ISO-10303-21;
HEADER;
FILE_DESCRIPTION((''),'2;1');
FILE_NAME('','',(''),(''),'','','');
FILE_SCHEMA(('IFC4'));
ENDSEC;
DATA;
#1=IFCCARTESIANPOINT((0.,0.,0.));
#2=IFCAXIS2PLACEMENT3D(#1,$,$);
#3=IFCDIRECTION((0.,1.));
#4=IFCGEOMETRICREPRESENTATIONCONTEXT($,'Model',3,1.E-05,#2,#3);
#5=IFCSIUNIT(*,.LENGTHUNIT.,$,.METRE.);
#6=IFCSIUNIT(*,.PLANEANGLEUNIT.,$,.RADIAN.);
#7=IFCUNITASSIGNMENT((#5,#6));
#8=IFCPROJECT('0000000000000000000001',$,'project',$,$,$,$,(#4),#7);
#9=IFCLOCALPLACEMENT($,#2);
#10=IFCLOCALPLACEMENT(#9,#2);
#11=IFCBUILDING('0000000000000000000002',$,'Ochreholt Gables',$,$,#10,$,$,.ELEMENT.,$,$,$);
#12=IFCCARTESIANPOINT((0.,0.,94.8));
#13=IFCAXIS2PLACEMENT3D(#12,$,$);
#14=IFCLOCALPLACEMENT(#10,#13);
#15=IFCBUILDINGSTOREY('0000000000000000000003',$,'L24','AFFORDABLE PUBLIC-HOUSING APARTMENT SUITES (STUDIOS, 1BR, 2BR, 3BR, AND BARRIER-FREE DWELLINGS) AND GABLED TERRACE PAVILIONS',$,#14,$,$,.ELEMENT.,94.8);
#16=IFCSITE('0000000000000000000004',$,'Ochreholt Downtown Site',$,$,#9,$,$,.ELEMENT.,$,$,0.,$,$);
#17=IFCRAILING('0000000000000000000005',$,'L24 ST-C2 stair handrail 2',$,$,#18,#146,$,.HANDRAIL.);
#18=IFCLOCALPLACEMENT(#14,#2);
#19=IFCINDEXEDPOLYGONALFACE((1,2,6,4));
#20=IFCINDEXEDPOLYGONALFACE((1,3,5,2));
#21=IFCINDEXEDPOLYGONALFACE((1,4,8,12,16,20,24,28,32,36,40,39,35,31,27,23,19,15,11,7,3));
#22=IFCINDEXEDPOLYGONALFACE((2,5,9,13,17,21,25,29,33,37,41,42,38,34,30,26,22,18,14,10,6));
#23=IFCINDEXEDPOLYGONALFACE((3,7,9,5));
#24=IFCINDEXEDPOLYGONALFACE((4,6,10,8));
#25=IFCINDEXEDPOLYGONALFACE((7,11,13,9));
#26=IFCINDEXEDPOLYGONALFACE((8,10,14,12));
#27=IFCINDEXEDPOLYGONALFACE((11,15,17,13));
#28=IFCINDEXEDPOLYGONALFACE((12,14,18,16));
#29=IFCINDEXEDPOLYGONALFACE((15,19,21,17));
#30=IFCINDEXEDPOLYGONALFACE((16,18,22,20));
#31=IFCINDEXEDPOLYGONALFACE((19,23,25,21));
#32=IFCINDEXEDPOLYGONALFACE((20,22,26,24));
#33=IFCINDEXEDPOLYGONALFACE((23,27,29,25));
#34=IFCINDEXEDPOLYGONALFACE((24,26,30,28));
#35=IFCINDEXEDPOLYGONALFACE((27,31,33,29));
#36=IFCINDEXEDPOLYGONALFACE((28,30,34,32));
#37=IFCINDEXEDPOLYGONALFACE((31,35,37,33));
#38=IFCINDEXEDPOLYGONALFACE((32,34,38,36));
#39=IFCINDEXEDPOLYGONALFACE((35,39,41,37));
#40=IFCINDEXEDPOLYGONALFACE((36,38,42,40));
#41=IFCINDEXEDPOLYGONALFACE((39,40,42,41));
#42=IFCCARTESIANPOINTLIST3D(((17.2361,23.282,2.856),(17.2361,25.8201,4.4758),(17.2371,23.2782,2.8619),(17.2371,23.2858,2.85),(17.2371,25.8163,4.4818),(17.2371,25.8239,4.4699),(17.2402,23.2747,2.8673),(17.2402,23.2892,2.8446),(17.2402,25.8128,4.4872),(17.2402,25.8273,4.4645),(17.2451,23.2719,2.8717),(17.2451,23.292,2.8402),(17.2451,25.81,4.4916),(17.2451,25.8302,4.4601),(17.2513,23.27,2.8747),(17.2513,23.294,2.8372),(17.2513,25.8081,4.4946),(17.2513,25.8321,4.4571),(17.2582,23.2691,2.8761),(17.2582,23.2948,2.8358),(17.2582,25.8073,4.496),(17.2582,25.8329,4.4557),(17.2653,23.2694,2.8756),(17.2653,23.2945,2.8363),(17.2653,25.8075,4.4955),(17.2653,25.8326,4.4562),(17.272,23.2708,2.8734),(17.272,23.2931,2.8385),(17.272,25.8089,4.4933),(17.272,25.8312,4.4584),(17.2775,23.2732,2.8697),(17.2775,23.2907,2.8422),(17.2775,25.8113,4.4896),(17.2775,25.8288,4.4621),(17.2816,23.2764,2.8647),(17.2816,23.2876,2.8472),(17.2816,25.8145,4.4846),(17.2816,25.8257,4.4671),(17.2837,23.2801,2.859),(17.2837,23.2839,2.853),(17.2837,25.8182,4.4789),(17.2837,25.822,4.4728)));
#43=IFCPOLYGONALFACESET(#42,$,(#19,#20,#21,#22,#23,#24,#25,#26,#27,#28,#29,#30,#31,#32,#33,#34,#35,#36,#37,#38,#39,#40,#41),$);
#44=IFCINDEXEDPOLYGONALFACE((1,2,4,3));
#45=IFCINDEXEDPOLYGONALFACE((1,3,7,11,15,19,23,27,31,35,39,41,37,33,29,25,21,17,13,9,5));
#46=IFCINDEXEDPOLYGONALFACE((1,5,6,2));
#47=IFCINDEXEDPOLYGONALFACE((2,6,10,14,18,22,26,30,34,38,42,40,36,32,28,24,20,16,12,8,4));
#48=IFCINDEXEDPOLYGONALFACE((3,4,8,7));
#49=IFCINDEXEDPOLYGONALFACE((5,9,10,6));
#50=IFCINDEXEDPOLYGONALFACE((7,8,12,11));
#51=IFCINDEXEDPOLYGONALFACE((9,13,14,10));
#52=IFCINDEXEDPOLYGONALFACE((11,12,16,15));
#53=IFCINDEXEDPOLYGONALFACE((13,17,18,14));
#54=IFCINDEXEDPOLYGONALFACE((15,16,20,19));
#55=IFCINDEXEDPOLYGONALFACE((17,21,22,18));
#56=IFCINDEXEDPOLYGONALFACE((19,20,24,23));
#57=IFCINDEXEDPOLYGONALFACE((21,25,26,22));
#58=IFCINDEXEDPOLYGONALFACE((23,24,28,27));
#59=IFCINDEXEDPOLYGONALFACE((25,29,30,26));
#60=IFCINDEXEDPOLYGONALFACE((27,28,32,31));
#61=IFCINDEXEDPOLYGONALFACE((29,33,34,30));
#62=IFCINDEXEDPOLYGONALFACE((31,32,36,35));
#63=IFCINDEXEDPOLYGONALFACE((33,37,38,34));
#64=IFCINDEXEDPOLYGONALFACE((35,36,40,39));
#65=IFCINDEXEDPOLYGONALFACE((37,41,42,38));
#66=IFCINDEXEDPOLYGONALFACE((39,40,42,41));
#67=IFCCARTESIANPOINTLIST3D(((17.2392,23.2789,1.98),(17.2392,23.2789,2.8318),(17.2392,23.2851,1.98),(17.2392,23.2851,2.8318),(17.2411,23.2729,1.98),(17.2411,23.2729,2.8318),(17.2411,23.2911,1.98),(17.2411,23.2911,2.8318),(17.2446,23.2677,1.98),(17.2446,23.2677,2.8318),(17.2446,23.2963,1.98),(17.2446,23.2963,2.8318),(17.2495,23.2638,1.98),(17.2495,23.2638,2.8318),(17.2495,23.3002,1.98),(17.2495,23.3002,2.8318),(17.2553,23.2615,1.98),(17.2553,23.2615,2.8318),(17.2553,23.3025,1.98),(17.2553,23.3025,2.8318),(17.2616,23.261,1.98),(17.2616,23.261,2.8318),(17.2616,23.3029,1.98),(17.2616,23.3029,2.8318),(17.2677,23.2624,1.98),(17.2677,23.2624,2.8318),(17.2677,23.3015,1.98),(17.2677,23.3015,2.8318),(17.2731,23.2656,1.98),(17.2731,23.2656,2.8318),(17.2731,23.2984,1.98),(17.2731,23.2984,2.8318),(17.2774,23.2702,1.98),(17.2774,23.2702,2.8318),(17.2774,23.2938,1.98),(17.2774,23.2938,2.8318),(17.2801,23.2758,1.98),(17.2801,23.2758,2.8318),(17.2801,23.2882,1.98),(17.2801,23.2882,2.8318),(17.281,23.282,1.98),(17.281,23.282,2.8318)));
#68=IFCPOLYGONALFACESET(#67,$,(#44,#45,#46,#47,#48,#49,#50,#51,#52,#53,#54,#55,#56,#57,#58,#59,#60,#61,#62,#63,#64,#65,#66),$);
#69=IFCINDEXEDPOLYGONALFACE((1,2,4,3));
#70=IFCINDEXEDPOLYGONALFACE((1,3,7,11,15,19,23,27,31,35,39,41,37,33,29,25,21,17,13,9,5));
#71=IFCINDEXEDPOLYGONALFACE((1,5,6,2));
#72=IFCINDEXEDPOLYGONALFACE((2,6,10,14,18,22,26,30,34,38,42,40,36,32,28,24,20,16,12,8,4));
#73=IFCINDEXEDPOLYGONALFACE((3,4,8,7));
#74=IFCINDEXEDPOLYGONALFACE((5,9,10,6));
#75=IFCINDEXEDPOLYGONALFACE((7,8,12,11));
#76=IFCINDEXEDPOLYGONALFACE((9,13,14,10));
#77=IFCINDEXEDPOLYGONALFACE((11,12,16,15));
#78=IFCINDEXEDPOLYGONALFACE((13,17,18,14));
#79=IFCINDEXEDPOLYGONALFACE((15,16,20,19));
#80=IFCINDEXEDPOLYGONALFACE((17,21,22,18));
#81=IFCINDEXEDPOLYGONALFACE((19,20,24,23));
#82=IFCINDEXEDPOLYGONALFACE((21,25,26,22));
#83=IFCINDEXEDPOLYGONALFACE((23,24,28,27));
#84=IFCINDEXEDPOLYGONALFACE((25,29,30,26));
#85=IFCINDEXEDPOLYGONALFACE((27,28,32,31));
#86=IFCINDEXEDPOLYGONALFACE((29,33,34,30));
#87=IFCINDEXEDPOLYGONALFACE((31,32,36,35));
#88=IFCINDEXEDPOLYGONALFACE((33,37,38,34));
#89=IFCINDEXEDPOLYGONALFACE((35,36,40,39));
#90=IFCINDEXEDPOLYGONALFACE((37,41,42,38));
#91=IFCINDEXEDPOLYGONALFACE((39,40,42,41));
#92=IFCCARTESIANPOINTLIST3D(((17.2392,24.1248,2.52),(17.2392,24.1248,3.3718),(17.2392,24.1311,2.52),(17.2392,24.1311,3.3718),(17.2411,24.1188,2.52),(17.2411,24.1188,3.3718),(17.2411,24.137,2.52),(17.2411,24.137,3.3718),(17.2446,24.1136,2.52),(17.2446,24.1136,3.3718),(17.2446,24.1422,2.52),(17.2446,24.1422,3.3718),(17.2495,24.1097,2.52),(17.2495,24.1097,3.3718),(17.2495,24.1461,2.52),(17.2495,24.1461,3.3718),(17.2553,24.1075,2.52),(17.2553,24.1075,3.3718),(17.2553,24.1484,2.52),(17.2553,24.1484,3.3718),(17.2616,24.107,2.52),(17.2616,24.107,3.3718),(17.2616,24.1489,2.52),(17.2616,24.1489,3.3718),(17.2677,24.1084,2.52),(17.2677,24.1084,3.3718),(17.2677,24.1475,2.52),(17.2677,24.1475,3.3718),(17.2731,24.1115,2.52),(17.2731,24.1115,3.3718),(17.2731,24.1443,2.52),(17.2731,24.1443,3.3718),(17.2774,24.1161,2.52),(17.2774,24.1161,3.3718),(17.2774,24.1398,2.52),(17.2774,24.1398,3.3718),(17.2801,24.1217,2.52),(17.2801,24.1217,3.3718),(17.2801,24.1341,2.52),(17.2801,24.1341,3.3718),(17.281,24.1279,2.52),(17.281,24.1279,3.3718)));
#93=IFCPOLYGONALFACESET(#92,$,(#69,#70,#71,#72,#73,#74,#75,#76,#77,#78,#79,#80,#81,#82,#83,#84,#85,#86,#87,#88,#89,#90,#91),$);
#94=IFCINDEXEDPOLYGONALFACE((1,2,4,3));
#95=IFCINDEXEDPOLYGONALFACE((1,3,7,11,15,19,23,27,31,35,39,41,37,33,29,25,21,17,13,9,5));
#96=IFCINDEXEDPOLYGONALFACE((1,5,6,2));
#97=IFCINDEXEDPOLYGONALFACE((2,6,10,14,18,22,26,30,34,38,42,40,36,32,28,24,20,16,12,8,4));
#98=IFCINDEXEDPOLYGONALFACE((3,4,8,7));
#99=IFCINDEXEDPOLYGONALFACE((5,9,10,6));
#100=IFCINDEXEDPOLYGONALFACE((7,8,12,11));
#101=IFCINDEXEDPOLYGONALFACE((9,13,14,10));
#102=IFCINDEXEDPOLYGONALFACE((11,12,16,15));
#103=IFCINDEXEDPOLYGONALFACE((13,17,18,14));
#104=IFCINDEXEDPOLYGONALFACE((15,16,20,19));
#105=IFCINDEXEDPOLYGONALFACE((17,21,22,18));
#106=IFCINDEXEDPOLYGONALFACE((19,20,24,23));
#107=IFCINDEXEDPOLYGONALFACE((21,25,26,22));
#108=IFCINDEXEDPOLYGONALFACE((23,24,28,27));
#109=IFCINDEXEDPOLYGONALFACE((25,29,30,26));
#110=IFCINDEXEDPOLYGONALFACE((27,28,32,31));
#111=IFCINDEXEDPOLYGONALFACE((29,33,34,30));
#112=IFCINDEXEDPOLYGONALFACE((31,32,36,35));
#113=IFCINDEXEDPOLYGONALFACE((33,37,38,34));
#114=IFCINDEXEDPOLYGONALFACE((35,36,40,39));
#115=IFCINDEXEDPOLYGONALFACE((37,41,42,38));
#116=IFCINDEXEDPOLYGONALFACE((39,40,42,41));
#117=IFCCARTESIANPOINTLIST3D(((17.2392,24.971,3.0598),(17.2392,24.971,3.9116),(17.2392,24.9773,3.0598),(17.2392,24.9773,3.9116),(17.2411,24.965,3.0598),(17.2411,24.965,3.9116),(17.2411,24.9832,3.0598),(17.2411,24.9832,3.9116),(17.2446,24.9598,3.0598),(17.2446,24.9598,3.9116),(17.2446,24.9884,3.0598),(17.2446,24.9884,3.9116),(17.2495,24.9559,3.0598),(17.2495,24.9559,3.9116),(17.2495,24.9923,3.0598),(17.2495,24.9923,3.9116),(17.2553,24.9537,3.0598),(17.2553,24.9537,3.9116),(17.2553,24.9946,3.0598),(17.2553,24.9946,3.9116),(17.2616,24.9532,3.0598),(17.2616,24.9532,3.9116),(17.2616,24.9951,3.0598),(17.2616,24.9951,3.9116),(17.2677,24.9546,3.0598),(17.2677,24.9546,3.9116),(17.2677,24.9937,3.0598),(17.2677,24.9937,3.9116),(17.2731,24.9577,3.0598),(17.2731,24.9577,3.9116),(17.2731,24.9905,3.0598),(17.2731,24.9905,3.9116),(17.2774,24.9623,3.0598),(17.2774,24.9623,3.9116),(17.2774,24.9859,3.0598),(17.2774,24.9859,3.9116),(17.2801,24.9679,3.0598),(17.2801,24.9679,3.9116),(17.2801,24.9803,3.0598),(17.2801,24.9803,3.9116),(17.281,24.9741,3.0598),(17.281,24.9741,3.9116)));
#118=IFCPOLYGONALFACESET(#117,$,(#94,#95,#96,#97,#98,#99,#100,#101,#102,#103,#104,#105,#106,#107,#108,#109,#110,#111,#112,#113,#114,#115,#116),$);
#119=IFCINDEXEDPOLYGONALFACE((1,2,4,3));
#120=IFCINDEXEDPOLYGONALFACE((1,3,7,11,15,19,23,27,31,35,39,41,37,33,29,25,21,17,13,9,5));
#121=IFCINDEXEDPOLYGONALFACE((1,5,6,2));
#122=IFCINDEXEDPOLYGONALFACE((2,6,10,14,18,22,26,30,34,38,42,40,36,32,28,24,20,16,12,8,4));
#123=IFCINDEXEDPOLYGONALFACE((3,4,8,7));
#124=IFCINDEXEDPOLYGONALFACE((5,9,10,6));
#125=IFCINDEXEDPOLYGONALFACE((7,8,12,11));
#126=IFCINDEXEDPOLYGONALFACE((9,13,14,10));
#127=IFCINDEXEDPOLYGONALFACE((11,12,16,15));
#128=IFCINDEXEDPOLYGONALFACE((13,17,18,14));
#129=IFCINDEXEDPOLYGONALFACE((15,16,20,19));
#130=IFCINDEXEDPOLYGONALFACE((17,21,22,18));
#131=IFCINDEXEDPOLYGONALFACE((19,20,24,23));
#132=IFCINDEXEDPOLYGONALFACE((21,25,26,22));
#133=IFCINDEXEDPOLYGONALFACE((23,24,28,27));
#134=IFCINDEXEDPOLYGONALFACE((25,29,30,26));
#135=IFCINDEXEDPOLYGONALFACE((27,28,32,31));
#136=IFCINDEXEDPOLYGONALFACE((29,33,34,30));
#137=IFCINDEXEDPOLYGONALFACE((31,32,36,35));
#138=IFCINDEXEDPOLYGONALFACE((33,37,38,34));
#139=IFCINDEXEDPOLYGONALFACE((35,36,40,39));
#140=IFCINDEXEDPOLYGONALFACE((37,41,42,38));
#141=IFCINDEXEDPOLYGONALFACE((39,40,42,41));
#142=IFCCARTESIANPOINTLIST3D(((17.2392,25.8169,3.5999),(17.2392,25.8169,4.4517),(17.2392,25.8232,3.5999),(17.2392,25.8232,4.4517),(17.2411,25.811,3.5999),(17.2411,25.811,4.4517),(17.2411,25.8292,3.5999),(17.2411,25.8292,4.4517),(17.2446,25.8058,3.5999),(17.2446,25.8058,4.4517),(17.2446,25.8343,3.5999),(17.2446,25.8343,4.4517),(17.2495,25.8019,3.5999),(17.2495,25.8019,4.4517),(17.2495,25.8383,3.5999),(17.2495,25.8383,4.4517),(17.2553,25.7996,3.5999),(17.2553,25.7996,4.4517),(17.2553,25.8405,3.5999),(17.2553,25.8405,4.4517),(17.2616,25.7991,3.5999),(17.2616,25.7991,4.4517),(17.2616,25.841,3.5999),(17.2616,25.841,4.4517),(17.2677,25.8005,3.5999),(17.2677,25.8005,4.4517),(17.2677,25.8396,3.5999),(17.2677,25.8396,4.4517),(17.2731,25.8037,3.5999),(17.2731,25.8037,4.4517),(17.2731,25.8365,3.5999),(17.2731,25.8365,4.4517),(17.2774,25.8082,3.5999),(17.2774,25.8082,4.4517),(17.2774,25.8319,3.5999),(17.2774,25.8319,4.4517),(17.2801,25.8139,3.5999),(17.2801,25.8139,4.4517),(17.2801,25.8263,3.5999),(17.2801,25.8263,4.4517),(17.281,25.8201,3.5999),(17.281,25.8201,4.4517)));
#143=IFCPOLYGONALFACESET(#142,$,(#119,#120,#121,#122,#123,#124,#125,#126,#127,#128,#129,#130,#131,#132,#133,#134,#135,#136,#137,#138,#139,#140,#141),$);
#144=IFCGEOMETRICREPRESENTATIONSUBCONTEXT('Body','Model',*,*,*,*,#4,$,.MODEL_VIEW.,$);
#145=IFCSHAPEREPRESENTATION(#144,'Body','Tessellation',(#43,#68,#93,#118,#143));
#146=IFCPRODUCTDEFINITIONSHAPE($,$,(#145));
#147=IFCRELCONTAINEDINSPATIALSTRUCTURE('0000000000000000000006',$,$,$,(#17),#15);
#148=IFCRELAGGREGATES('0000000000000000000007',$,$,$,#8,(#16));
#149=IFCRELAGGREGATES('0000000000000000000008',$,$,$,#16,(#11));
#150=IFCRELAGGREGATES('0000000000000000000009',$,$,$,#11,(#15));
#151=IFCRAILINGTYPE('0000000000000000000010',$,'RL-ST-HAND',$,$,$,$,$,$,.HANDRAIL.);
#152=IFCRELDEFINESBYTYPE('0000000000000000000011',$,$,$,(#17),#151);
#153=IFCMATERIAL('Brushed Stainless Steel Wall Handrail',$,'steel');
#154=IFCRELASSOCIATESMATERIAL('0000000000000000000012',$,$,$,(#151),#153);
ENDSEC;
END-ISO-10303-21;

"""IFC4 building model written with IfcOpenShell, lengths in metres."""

from ifc_helpers import new_model, si_unit, direction, frame, origin, origin_2d, place, context, subcontext, project, spatial, circle, extrude, material, type_object, element, save


model = new_model("IFC4")

# Units and contexts
model_context = context("Model", 3, precision=1e-05, world=origin(), true_north=direction((0.0, 1.0)))
body_context = subcontext(model_context, "Body", "Model", "MODEL_VIEW")
ifc_project = project(units=[si_unit("LENGTHUNIT", "METRE"), si_unit("PLANEANGLEUNIT", "RADIAN")], contexts=[model_context])

# Site, building, storey
site_placement = place(None, origin())
site = spatial("IfcSite", under=ifc_project, at=site_placement, Name="Ochreholt Downtown Site", CompositionType="ELEMENT", RefElevation=0.0)
building_placement = place(site_placement, origin())
building = spatial("IfcBuilding", under=site, at=building_placement, Name="Ochreholt Gables", CompositionType="ELEMENT")
storey_placement = place(building_placement, frame((0.0, 0.0, 94.8)))
storey = spatial("IfcBuildingStorey", under=building, at=storey_placement, Name="L24", Description="AFFORDABLE PUBLIC-HOUSING APARTMENT SUITES (STUDIOS, 1BR, 2BR, 3BR, AND BARRIER-FREE DWELLINGS) AND GABLED TERRACE PAVILIONS", CompositionType="ELEMENT", Elevation=94.8)

# Railing
ifc_material_1 = material(Name="Brushed Stainless Steel Wall Handrail", Category="steel")
railing_type = type_object("IfcRailingType", Name="RL-ST-HAND", PredefinedType="HANDRAIL", material=ifc_material_1)
railing_placement = place(storey_placement, frame((17.26, 23.282, 1.98)))
element("IfcRailing", 1, at=railing_placement, inside=storey, type_object=railing_type, Name="L24 ST-C2 stair handrail 2", PredefinedType="HANDRAIL", context=body_context, shape_type="SweptSolid", body=[
    extrude(circle(Radius=0.0239, at=origin_2d()), frame((0.0, 0.0, 0.876), z_axis=(0.0, 0.84295, 0.537993), x_axis=(-1.0, 0.0, 0.0)), (0.0, 0.0, 1.0), 3.011),
    extrude(circle(Radius=0.021, at=origin_2d()), origin(), (0.0, 0.0, 1.0), 0.8518),
    extrude(circle(Radius=0.021, at=origin_2d()), frame((0.0, 0.8459, 0.54)), (0.0, 0.0, 1.0), 0.8518),
    extrude(circle(Radius=0.021, at=origin_2d()), frame((0.0, 1.6921, 1.0798)), (0.0, 0.0, 1.0), 0.8518),
    extrude(circle(Radius=0.021, at=origin_2d()), frame((0.0, 2.5381, 1.6199)), (0.0, 0.0, 1.0), 0.8518),
])

save(model, "model.ifc")
